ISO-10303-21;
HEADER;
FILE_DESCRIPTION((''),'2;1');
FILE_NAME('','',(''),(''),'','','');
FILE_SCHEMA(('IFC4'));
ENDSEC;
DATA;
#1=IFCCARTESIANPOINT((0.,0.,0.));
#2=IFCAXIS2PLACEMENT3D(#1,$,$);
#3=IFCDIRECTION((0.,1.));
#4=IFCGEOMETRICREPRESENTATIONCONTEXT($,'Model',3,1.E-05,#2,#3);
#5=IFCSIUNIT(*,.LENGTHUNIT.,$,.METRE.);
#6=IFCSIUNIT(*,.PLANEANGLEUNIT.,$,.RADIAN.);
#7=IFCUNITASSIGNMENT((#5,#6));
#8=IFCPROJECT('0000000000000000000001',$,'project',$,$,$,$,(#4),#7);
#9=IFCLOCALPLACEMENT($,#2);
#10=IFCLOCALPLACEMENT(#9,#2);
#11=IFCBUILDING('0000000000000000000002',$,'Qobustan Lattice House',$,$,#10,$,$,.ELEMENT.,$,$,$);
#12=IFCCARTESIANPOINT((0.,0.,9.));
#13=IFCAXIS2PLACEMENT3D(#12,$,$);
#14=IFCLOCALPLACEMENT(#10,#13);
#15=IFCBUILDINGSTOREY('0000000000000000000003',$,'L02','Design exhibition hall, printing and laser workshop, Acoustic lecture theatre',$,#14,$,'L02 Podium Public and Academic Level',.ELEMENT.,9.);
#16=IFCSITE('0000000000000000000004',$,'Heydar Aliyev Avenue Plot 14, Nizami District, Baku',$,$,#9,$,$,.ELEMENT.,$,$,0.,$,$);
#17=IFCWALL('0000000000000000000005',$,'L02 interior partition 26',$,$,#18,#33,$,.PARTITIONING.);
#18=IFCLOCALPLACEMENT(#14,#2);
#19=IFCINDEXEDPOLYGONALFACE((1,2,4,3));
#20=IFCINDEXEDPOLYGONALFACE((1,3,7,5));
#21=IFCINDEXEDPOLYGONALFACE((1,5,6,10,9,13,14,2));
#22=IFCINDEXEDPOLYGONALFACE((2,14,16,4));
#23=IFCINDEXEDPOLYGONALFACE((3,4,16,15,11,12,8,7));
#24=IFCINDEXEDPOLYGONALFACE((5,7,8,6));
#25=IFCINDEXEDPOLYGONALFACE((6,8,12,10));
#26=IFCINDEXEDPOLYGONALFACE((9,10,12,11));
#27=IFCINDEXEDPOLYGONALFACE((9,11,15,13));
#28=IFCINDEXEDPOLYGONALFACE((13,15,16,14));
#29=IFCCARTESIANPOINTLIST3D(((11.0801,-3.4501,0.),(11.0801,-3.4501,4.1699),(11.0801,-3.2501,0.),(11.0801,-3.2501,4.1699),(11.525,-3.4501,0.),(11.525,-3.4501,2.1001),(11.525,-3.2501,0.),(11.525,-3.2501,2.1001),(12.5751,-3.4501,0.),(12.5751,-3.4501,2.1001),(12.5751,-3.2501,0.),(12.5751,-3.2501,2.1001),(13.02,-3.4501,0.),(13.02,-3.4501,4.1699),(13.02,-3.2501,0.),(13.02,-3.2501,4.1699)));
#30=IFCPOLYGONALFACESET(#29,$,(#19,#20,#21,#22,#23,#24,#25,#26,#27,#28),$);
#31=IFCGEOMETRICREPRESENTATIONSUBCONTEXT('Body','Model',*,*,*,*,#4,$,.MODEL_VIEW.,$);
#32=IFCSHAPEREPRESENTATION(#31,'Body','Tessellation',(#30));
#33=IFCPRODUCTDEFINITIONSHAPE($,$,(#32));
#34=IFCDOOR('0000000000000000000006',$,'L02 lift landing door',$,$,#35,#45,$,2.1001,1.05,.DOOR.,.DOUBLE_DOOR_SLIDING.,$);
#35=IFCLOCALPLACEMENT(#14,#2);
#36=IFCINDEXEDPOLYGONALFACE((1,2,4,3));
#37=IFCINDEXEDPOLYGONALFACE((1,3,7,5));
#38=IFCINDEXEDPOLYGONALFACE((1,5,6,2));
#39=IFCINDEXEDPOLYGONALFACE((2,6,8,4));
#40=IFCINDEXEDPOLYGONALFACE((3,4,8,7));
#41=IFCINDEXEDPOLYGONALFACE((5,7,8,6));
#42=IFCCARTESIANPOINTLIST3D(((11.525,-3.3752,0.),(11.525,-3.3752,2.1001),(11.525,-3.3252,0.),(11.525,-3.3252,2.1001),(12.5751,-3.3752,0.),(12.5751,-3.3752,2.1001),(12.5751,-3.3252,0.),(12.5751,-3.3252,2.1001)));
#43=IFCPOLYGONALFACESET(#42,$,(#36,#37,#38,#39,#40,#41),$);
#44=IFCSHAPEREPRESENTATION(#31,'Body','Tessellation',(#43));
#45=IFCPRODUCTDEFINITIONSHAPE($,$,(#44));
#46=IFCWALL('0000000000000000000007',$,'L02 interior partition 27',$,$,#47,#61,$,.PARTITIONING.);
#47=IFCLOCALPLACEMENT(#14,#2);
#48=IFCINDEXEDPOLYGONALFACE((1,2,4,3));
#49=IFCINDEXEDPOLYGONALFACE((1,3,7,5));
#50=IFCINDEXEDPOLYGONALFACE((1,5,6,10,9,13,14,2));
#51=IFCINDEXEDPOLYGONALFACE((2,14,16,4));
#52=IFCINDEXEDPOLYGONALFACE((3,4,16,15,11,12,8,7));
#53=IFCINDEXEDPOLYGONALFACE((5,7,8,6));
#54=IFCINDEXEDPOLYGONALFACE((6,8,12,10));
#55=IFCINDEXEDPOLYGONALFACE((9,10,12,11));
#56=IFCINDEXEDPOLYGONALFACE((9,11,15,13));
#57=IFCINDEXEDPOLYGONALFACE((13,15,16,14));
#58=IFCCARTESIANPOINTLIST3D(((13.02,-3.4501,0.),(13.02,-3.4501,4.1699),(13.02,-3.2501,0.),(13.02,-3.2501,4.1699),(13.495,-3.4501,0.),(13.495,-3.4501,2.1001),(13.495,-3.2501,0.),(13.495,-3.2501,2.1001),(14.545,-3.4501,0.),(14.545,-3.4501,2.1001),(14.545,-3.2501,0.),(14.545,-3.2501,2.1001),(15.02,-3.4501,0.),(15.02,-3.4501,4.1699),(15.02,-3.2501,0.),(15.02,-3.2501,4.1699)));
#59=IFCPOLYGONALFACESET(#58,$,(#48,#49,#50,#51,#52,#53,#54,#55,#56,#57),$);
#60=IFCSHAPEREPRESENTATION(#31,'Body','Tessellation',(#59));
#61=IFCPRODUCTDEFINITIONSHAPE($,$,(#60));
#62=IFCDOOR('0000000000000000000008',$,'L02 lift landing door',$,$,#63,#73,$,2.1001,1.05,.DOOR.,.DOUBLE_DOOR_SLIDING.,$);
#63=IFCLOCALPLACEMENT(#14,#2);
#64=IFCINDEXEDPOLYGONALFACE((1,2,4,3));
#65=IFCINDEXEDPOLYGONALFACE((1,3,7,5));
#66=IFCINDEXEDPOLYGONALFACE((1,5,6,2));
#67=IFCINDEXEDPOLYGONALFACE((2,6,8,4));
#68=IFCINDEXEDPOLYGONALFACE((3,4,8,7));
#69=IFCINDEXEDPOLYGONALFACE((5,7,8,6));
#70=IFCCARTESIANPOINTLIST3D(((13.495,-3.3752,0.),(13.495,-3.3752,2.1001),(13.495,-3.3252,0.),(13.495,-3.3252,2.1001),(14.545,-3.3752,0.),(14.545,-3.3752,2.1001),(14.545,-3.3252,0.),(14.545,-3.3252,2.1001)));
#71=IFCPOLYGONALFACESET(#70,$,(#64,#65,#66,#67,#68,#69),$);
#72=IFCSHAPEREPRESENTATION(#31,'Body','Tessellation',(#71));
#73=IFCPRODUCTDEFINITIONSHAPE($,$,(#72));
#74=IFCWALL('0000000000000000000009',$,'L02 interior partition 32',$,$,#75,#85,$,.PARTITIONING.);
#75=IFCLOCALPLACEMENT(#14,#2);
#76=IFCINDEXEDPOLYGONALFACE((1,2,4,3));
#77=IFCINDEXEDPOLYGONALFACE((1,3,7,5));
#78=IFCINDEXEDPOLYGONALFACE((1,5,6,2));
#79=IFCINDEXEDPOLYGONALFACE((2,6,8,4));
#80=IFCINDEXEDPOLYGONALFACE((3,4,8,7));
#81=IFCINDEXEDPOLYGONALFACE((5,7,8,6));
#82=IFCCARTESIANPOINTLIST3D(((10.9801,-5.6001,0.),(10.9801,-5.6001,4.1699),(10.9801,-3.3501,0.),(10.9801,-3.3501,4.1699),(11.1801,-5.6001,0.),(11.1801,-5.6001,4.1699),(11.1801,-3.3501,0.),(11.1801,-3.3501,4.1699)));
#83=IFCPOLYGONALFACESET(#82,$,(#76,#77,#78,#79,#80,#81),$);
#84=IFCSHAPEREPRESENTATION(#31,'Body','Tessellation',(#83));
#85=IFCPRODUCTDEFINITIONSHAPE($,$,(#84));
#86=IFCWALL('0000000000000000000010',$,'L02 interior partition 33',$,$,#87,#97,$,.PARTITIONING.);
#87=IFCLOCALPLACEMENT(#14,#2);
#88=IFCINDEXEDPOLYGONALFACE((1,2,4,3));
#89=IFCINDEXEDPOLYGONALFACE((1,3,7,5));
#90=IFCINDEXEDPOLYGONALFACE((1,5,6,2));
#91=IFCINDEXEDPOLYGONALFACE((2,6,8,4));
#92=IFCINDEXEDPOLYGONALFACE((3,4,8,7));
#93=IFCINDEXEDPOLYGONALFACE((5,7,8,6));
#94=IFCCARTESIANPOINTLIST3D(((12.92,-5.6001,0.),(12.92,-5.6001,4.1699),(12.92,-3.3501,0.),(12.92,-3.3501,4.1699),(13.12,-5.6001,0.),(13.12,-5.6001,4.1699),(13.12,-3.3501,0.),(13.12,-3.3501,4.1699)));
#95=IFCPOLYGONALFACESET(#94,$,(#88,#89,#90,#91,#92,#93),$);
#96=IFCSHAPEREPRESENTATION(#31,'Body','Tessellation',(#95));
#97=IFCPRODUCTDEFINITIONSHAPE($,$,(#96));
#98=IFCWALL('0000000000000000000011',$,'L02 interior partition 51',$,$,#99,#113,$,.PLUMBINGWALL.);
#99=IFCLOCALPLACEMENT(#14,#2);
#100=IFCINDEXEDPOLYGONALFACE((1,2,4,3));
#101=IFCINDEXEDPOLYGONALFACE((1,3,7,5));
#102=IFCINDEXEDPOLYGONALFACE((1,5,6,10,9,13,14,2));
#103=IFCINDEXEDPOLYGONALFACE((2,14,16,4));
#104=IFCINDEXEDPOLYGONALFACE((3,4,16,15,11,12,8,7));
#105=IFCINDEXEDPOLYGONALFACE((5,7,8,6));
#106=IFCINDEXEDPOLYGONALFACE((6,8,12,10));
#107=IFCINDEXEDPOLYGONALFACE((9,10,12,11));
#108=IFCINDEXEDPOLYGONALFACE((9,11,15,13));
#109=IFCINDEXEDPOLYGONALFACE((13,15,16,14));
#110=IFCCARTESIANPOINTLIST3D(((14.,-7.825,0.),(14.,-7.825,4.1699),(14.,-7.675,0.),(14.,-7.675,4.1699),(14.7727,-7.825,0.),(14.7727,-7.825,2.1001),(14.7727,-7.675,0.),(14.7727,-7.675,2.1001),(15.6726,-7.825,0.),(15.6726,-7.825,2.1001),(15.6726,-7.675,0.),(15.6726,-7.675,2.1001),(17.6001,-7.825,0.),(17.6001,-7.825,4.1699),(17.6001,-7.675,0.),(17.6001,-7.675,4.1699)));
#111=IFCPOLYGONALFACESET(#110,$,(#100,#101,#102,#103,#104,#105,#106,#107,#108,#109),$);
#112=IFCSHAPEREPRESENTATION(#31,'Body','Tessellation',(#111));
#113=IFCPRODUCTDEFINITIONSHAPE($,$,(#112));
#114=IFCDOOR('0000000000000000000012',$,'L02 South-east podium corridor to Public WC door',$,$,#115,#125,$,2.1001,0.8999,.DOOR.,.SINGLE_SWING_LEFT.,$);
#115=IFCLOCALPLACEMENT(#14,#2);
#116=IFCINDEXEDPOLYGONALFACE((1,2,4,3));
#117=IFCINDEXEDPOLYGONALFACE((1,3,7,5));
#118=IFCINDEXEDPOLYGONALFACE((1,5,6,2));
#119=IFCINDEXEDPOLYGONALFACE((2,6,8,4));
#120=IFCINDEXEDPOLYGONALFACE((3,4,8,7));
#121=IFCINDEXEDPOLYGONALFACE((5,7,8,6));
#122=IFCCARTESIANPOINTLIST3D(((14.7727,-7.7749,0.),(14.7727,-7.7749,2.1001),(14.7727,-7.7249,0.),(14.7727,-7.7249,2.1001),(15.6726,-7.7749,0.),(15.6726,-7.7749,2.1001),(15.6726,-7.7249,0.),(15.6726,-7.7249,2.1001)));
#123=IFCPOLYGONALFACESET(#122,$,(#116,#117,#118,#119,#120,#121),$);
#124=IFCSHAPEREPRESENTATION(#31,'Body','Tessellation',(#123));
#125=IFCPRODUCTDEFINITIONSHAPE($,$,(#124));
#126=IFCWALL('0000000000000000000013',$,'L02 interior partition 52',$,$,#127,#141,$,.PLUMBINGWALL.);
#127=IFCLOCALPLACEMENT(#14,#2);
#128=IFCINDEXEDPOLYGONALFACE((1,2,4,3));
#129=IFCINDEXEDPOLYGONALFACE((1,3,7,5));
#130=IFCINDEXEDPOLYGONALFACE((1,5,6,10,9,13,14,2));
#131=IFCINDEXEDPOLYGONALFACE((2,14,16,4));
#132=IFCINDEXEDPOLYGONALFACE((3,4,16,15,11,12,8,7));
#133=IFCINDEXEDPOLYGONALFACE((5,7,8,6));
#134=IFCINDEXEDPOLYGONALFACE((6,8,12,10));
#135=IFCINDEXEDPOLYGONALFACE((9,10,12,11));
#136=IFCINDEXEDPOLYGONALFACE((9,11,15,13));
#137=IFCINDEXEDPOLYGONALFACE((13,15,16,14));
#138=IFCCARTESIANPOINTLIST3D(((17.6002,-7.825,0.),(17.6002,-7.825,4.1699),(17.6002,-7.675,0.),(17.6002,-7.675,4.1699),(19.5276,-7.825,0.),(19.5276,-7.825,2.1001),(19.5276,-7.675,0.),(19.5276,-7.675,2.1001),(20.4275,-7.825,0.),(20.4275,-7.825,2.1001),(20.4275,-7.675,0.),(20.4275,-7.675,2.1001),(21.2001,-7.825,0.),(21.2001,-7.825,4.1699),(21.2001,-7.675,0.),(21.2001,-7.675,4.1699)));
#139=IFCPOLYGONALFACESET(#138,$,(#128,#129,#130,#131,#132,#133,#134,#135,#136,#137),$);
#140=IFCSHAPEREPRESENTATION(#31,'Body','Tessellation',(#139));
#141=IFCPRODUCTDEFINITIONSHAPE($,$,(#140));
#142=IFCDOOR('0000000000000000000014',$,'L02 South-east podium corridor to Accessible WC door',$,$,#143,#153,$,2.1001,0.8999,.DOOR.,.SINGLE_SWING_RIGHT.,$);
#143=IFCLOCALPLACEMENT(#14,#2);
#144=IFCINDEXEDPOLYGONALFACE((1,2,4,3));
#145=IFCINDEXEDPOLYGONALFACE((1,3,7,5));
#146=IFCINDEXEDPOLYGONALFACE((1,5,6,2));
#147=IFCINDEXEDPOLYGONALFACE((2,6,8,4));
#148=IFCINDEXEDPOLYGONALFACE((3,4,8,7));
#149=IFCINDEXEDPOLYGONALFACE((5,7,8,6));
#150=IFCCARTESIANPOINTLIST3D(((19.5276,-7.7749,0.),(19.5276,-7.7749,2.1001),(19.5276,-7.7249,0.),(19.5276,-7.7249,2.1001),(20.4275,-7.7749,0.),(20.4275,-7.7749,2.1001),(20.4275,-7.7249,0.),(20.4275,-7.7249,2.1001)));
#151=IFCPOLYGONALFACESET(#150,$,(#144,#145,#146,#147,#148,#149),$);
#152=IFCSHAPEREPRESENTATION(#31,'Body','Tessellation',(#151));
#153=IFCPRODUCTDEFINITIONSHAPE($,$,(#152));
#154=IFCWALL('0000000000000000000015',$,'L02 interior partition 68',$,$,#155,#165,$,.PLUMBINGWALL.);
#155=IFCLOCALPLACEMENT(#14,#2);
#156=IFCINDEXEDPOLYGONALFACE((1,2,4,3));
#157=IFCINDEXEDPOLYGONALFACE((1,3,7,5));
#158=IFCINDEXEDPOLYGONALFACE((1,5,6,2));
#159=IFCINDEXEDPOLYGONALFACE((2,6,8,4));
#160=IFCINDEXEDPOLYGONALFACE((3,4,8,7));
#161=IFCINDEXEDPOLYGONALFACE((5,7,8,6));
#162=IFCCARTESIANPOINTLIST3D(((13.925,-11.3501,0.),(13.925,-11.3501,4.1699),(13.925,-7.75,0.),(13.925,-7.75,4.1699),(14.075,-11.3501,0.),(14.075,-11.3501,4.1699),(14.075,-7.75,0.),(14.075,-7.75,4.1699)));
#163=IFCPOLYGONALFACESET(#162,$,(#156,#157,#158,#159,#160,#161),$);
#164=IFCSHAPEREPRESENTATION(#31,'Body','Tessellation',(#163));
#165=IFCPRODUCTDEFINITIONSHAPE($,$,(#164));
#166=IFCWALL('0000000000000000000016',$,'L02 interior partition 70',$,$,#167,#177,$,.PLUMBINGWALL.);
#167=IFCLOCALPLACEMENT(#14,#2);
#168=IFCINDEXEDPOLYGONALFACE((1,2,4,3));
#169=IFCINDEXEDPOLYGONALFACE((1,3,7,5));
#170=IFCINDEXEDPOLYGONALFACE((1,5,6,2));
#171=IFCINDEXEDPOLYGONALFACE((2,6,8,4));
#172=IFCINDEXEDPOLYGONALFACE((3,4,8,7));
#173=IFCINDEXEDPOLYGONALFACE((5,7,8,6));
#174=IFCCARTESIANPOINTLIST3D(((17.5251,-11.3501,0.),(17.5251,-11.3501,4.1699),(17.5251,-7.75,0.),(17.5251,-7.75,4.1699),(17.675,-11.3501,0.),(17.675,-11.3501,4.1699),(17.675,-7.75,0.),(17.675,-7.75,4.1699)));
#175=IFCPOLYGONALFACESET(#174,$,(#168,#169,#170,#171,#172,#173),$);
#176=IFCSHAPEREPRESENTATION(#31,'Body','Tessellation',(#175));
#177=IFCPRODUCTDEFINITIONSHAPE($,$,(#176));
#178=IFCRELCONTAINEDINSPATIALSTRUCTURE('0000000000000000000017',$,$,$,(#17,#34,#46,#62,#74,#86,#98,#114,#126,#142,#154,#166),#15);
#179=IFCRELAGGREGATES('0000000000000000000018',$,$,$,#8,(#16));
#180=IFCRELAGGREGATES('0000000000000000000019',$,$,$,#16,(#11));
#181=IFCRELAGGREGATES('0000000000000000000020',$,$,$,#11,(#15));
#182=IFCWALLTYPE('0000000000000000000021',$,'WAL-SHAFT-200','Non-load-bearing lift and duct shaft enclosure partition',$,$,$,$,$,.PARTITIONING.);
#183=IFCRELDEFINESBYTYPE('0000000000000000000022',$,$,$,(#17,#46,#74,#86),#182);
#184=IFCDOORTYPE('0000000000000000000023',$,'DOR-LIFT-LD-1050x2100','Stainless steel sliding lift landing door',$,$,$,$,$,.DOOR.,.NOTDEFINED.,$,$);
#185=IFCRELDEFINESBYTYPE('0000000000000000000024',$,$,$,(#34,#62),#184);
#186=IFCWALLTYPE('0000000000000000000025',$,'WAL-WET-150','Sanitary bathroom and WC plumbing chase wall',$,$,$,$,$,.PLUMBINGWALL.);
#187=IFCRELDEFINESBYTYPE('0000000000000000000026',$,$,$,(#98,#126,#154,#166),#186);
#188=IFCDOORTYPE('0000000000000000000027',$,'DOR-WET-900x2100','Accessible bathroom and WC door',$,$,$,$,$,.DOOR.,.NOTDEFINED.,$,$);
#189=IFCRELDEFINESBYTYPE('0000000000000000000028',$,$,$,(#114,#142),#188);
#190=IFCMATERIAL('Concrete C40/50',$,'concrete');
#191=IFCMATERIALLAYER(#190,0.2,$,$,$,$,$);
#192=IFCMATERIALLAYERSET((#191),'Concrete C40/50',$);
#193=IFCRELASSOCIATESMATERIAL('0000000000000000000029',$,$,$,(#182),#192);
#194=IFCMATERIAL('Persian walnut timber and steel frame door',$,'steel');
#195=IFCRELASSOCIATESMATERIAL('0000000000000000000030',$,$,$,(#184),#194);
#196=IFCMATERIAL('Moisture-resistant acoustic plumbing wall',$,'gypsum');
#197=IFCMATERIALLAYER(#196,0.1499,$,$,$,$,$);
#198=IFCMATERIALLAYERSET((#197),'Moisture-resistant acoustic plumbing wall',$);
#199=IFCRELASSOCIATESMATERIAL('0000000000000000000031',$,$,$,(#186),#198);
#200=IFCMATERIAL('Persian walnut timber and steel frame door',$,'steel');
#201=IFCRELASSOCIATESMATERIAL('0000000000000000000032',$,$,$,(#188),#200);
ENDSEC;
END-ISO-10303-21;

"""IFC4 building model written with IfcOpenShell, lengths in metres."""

from ifc_helpers import new_model, si_unit, direction, frame, frame_2d, origin, place, context, subcontext, project, spatial, rectangle, extrude, material, layer, layer_set, type_object, element, fill, save


model = new_model("IFC4")

# Units and contexts
model_context = context("Model", 3, precision=1e-05, world=origin(), true_north=direction((0.0, 1.0)))
body_context = subcontext(model_context, "Body", "Model", "MODEL_VIEW")
ifc_project = project(units=[si_unit("LENGTHUNIT", "METRE"), si_unit("PLANEANGLEUNIT", "RADIAN")], contexts=[model_context])

# Site, building, storey
site_placement = place(None, origin())
site = spatial("IfcSite", under=ifc_project, at=site_placement, Name="Heydar Aliyev Avenue Plot 14, Nizami District, Baku", CompositionType="ELEMENT", RefElevation=0.0)
building_placement = place(site_placement, origin())
building = spatial("IfcBuilding", under=site, at=building_placement, Name="Qobustan Lattice House", CompositionType="ELEMENT")
storey_placement = place(building_placement, frame((0.0, 0.0, 9.0)))
storey = spatial("IfcBuildingStorey", under=building, at=storey_placement, Name="L02", Description="Design exhibition hall, printing and laser workshop, Acoustic lecture theatre", LongName="L02 Podium Public and Academic Level", CompositionType="ELEMENT", Elevation=9.0)

# Walls, openings, doors
ifc_material_1 = material(Name="Concrete C40/50", Category="concrete")
ifc_layer_1 = layer(ifc_material_1, 0.2)
ifc_layer_set_1 = layer_set([ifc_layer_1], Name="Concrete C40/50")
wall_type_1 = type_object("IfcWallType", Name="WAL-SHAFT-200", Description="Non-load-bearing lift and duct shaft enclosure partition", PredefinedType="PARTITIONING", material=ifc_layer_set_1)
wall_1_placement = place(storey_placement, frame((11.0801, -3.3501, 0.0), z_axis=(0.0, 0.0, 1.0), x_axis=(1.0, 0.0, 0.0)))
wall_1 = element("IfcWall", 1, at=wall_1_placement, inside=storey, type_object=wall_type_1, Name="L02 interior partition 26", PredefinedType="PARTITIONING", context=body_context, shape_type="SweptSolid", body=[
    extrude(rectangle(XDim=1.9399, YDim=0.2, at=frame_2d((0.97, 0.0))), origin(), (0.0, 0.0, 1.0), 4.1699),
])
opening_1_placement = place(wall_1_placement, frame((0.4451, 0.0, 0.0)))
opening_1 = element("IfcOpeningElement", 2, at=opening_1_placement, cuts=wall_1, PredefinedType="OPENING", context=body_context, shape_type="SweptSolid", body=[
    extrude(rectangle(XDim=1.05, YDim=2.1001, at=frame_2d((0.5249, 1.05))), frame((0.0, 0.1099, 0.0), z_axis=(0.0, -1.0, 0.0), x_axis=(1.0, 0.0, 0.0)), (0.0, 0.0, 1.0), 0.22),
])
ifc_material_2 = material(Name="Persian walnut timber and steel frame door", Category="steel")
door_type_1 = type_object("IfcDoorType", Name="DOR-LIFT-LD-1050x2100", Description="Stainless steel sliding lift landing door", OperationType="NOTDEFINED", PredefinedType="DOOR", material=ifc_material_2)
door_1_placement = place(opening_1_placement, origin())
door_1 = element("IfcDoor", 3, at=door_1_placement, inside=storey, type_object=door_type_1, Name="L02 lift landing door", OperationType="DOUBLE_DOOR_SLIDING", OverallHeight=2.1001, OverallWidth=1.05, PredefinedType="DOOR", context=body_context, shape_type="SweptSolid", body=[
    extrude(rectangle(XDim=1.05, YDim=2.1001, at=frame_2d((0.5249, 1.05))), frame((0.0, 0.0249, 0.0), z_axis=(0.0, -1.0, 0.0), x_axis=(1.0, 0.0, 0.0)), (0.0, 0.0, 1.0), 0.05),
])
fill(opening_1, door_1)
wall_2_placement = place(storey_placement, frame((13.02, -3.3501, 0.0), z_axis=(0.0, 0.0, 1.0), x_axis=(1.0, 0.0, 0.0)))
wall_2 = element("IfcWall", 4, at=wall_2_placement, inside=storey, type_object=wall_type_1, Name="L02 interior partition 27", PredefinedType="PARTITIONING", context=body_context, shape_type="SweptSolid", body=[
    extrude(rectangle(XDim=2.0, YDim=0.2, at=frame_2d((1.0, 0.0))), origin(), (0.0, 0.0, 1.0), 4.1699),
])
opening_2_placement = place(wall_2_placement, frame((0.4751, 0.0, 0.0)))
opening_2 = element("IfcOpeningElement", 5, at=opening_2_placement, cuts=wall_2, PredefinedType="OPENING", context=body_context, shape_type="SweptSolid", body=[
    extrude(rectangle(XDim=1.05, YDim=2.1001, at=frame_2d((0.5249, 1.05))), frame((0.0, 0.1099, 0.0), z_axis=(0.0, -1.0, 0.0), x_axis=(1.0, 0.0, 0.0)), (0.0, 0.0, 1.0), 0.22),
])
door_2_placement = place(opening_2_placement, origin())
door_2 = element("IfcDoor", 6, at=door_2_placement, inside=storey, type_object=door_type_1, Name="L02 lift landing door", OperationType="DOUBLE_DOOR_SLIDING", OverallHeight=2.1001, OverallWidth=1.05, PredefinedType="DOOR", context=body_context, shape_type="SweptSolid", body=[
    extrude(rectangle(XDim=1.05, YDim=2.1001, at=frame_2d((0.5249, 1.05))), frame((0.0, 0.0249, 0.0), z_axis=(0.0, -1.0, 0.0), x_axis=(1.0, 0.0, 0.0)), (0.0, 0.0, 1.0), 0.05),
])
fill(opening_2, door_2)

# Walls
for number, where, z_axis, x_axis, name in (
    (7, (11.0801, -5.6001, 0.0), (0.0, 0.0, 1.0), (0.0, 1.0, 0.0), "L02 interior partition 32"),
    (8, (13.02, -5.6001, 0.0), (0.0, 0.0, 1.0), (0.0, 1.0, 0.0), "L02 interior partition 33"),
):
    element("IfcWall", number, at=place(storey_placement, frame(where, z_axis=z_axis, x_axis=x_axis)), inside=storey, type_object=wall_type_1, Name=name, PredefinedType="PARTITIONING", context=body_context, shape_type="SweptSolid", body=[
        extrude(rectangle(XDim=2.25, YDim=0.2, at=frame_2d((1.125, 0.0))), origin(), (0.0, 0.0, 1.0), 4.1699),
    ])

# Walls, openings, doors
ifc_material_3 = material(Name="Moisture-resistant acoustic plumbing wall", Category="gypsum")
ifc_layer_2 = layer(ifc_material_3, 0.1499)
ifc_layer_set_2 = layer_set([ifc_layer_2], Name="Moisture-resistant acoustic plumbing wall")
wall_type_2 = type_object("IfcWallType", Name="WAL-WET-150", Description="Sanitary bathroom and WC plumbing chase wall", PredefinedType="PLUMBINGWALL", material=ifc_layer_set_2)
wall_3_placement = place(storey_placement, frame((17.6001, -7.75, 0.0), z_axis=(0.0, 0.0, 1.0), x_axis=(-1.0, 0.0, 0.0)))
wall_3 = element("IfcWall", 9, at=wall_3_placement, inside=storey, type_object=wall_type_2, Name="L02 interior partition 51", PredefinedType="PLUMBINGWALL", context=body_context, shape_type="SweptSolid", body=[
    extrude(rectangle(XDim=3.6001, YDim=0.1499, at=frame_2d((1.8, 0.0))), origin(), (0.0, 0.0, 1.0), 4.1699),
])
opening_3_placement = place(wall_3_placement, frame((1.9275, 0.0, 0.0)))
opening_3 = element("IfcOpeningElement", 10, at=opening_3_placement, cuts=wall_3, PredefinedType="OPENING", context=body_context, shape_type="SweptSolid", body=[
    extrude(rectangle(XDim=0.8999, YDim=2.1001, at=frame_2d((0.45, 1.05))), frame((0.0, 0.085, 0.0), z_axis=(0.0, -1.0, 0.0), x_axis=(1.0, 0.0, 0.0)), (0.0, 0.0, 1.0), 0.1699),
])
ifc_material_4 = material(Name="Persian walnut timber and steel frame door", Category="steel")
door_type_2 = type_object("IfcDoorType", Name="DOR-WET-900x2100", Description="Accessible bathroom and WC door", OperationType="NOTDEFINED", PredefinedType="DOOR", material=ifc_material_4)
door_3_placement = place(opening_3_placement, origin())
door_3 = element("IfcDoor", 11, at=door_3_placement, inside=storey, type_object=door_type_2, Name="L02 South-east podium corridor to Public WC door", OperationType="SINGLE_SWING_LEFT", OverallHeight=2.1001, OverallWidth=0.8999, PredefinedType="DOOR", context=body_context, shape_type="SweptSolid", body=[
    extrude(rectangle(XDim=0.8999, YDim=2.1001, at=frame_2d((0.45, 1.05))), frame((0.0, 0.0249, 0.0), z_axis=(0.0, -1.0, 0.0), x_axis=(1.0, 0.0, 0.0)), (0.0, 0.0, 1.0), 0.05),
])
fill(opening_3, door_3)
wall_4_placement = place(storey_placement, frame((21.2, -7.75, 0.0), z_axis=(0.0, 0.0, 1.0), x_axis=(-1.0, 0.0, 0.0)))
wall_4 = element("IfcWall", 12, at=wall_4_placement, inside=storey, type_object=wall_type_2, Name="L02 interior partition 52", PredefinedType="PLUMBINGWALL", context=body_context, shape_type="SweptSolid", body=[
    extrude(rectangle(XDim=3.5999, YDim=0.1499, at=frame_2d((1.7998, 0.0))), origin(), (0.0, 0.0, 1.0), 4.1699),
])
opening_4_placement = place(wall_4_placement, frame((0.7725, 0.0, 0.0)))
opening_4 = element("IfcOpeningElement", 13, at=opening_4_placement, cuts=wall_4, PredefinedType="OPENING", context=body_context, shape_type="SweptSolid", body=[
    extrude(rectangle(XDim=0.8999, YDim=2.1001, at=frame_2d((0.45, 1.05))), frame((0.0, 0.085, 0.0), z_axis=(0.0, -1.0, 0.0), x_axis=(1.0, 0.0, 0.0)), (0.0, 0.0, 1.0), 0.1699),
])
door_4_placement = place(opening_4_placement, origin())
door_4 = element("IfcDoor", 14, at=door_4_placement, inside=storey, type_object=door_type_2, Name="L02 South-east podium corridor to Accessible WC door", OperationType="SINGLE_SWING_RIGHT", OverallHeight=2.1001, OverallWidth=0.8999, PredefinedType="DOOR", context=body_context, shape_type="SweptSolid", body=[
    extrude(rectangle(XDim=0.8999, YDim=2.1001, at=frame_2d((0.45, 1.05))), frame((0.0, 0.0249, 0.0), z_axis=(0.0, -1.0, 0.0), x_axis=(1.0, 0.0, 0.0)), (0.0, 0.0, 1.0), 0.05),
])
fill(opening_4, door_4)

# Walls
for number, where, z_axis, x_axis, name in (
    (15, (14.0, -7.75, 0.0), (0.0, 0.0, 1.0), (0.0, -1.0, 0.0), "L02 interior partition 68"),
    (16, (17.6001, -7.75, 0.0), (0.0, 0.0, 1.0), (0.0, -1.0, 0.0), "L02 interior partition 70"),
):
    element("IfcWall", number, at=place(storey_placement, frame(where, z_axis=z_axis, x_axis=x_axis)), inside=storey, type_object=wall_type_2, Name=name, PredefinedType="PLUMBINGWALL", context=body_context, shape_type="SweptSolid", body=[
        extrude(rectangle(XDim=3.6001, YDim=0.1499, at=frame_2d((1.8, 0.0))), origin(), (0.0, 0.0, 1.0), 4.1699),
    ])

save(model, "model.ifc")
